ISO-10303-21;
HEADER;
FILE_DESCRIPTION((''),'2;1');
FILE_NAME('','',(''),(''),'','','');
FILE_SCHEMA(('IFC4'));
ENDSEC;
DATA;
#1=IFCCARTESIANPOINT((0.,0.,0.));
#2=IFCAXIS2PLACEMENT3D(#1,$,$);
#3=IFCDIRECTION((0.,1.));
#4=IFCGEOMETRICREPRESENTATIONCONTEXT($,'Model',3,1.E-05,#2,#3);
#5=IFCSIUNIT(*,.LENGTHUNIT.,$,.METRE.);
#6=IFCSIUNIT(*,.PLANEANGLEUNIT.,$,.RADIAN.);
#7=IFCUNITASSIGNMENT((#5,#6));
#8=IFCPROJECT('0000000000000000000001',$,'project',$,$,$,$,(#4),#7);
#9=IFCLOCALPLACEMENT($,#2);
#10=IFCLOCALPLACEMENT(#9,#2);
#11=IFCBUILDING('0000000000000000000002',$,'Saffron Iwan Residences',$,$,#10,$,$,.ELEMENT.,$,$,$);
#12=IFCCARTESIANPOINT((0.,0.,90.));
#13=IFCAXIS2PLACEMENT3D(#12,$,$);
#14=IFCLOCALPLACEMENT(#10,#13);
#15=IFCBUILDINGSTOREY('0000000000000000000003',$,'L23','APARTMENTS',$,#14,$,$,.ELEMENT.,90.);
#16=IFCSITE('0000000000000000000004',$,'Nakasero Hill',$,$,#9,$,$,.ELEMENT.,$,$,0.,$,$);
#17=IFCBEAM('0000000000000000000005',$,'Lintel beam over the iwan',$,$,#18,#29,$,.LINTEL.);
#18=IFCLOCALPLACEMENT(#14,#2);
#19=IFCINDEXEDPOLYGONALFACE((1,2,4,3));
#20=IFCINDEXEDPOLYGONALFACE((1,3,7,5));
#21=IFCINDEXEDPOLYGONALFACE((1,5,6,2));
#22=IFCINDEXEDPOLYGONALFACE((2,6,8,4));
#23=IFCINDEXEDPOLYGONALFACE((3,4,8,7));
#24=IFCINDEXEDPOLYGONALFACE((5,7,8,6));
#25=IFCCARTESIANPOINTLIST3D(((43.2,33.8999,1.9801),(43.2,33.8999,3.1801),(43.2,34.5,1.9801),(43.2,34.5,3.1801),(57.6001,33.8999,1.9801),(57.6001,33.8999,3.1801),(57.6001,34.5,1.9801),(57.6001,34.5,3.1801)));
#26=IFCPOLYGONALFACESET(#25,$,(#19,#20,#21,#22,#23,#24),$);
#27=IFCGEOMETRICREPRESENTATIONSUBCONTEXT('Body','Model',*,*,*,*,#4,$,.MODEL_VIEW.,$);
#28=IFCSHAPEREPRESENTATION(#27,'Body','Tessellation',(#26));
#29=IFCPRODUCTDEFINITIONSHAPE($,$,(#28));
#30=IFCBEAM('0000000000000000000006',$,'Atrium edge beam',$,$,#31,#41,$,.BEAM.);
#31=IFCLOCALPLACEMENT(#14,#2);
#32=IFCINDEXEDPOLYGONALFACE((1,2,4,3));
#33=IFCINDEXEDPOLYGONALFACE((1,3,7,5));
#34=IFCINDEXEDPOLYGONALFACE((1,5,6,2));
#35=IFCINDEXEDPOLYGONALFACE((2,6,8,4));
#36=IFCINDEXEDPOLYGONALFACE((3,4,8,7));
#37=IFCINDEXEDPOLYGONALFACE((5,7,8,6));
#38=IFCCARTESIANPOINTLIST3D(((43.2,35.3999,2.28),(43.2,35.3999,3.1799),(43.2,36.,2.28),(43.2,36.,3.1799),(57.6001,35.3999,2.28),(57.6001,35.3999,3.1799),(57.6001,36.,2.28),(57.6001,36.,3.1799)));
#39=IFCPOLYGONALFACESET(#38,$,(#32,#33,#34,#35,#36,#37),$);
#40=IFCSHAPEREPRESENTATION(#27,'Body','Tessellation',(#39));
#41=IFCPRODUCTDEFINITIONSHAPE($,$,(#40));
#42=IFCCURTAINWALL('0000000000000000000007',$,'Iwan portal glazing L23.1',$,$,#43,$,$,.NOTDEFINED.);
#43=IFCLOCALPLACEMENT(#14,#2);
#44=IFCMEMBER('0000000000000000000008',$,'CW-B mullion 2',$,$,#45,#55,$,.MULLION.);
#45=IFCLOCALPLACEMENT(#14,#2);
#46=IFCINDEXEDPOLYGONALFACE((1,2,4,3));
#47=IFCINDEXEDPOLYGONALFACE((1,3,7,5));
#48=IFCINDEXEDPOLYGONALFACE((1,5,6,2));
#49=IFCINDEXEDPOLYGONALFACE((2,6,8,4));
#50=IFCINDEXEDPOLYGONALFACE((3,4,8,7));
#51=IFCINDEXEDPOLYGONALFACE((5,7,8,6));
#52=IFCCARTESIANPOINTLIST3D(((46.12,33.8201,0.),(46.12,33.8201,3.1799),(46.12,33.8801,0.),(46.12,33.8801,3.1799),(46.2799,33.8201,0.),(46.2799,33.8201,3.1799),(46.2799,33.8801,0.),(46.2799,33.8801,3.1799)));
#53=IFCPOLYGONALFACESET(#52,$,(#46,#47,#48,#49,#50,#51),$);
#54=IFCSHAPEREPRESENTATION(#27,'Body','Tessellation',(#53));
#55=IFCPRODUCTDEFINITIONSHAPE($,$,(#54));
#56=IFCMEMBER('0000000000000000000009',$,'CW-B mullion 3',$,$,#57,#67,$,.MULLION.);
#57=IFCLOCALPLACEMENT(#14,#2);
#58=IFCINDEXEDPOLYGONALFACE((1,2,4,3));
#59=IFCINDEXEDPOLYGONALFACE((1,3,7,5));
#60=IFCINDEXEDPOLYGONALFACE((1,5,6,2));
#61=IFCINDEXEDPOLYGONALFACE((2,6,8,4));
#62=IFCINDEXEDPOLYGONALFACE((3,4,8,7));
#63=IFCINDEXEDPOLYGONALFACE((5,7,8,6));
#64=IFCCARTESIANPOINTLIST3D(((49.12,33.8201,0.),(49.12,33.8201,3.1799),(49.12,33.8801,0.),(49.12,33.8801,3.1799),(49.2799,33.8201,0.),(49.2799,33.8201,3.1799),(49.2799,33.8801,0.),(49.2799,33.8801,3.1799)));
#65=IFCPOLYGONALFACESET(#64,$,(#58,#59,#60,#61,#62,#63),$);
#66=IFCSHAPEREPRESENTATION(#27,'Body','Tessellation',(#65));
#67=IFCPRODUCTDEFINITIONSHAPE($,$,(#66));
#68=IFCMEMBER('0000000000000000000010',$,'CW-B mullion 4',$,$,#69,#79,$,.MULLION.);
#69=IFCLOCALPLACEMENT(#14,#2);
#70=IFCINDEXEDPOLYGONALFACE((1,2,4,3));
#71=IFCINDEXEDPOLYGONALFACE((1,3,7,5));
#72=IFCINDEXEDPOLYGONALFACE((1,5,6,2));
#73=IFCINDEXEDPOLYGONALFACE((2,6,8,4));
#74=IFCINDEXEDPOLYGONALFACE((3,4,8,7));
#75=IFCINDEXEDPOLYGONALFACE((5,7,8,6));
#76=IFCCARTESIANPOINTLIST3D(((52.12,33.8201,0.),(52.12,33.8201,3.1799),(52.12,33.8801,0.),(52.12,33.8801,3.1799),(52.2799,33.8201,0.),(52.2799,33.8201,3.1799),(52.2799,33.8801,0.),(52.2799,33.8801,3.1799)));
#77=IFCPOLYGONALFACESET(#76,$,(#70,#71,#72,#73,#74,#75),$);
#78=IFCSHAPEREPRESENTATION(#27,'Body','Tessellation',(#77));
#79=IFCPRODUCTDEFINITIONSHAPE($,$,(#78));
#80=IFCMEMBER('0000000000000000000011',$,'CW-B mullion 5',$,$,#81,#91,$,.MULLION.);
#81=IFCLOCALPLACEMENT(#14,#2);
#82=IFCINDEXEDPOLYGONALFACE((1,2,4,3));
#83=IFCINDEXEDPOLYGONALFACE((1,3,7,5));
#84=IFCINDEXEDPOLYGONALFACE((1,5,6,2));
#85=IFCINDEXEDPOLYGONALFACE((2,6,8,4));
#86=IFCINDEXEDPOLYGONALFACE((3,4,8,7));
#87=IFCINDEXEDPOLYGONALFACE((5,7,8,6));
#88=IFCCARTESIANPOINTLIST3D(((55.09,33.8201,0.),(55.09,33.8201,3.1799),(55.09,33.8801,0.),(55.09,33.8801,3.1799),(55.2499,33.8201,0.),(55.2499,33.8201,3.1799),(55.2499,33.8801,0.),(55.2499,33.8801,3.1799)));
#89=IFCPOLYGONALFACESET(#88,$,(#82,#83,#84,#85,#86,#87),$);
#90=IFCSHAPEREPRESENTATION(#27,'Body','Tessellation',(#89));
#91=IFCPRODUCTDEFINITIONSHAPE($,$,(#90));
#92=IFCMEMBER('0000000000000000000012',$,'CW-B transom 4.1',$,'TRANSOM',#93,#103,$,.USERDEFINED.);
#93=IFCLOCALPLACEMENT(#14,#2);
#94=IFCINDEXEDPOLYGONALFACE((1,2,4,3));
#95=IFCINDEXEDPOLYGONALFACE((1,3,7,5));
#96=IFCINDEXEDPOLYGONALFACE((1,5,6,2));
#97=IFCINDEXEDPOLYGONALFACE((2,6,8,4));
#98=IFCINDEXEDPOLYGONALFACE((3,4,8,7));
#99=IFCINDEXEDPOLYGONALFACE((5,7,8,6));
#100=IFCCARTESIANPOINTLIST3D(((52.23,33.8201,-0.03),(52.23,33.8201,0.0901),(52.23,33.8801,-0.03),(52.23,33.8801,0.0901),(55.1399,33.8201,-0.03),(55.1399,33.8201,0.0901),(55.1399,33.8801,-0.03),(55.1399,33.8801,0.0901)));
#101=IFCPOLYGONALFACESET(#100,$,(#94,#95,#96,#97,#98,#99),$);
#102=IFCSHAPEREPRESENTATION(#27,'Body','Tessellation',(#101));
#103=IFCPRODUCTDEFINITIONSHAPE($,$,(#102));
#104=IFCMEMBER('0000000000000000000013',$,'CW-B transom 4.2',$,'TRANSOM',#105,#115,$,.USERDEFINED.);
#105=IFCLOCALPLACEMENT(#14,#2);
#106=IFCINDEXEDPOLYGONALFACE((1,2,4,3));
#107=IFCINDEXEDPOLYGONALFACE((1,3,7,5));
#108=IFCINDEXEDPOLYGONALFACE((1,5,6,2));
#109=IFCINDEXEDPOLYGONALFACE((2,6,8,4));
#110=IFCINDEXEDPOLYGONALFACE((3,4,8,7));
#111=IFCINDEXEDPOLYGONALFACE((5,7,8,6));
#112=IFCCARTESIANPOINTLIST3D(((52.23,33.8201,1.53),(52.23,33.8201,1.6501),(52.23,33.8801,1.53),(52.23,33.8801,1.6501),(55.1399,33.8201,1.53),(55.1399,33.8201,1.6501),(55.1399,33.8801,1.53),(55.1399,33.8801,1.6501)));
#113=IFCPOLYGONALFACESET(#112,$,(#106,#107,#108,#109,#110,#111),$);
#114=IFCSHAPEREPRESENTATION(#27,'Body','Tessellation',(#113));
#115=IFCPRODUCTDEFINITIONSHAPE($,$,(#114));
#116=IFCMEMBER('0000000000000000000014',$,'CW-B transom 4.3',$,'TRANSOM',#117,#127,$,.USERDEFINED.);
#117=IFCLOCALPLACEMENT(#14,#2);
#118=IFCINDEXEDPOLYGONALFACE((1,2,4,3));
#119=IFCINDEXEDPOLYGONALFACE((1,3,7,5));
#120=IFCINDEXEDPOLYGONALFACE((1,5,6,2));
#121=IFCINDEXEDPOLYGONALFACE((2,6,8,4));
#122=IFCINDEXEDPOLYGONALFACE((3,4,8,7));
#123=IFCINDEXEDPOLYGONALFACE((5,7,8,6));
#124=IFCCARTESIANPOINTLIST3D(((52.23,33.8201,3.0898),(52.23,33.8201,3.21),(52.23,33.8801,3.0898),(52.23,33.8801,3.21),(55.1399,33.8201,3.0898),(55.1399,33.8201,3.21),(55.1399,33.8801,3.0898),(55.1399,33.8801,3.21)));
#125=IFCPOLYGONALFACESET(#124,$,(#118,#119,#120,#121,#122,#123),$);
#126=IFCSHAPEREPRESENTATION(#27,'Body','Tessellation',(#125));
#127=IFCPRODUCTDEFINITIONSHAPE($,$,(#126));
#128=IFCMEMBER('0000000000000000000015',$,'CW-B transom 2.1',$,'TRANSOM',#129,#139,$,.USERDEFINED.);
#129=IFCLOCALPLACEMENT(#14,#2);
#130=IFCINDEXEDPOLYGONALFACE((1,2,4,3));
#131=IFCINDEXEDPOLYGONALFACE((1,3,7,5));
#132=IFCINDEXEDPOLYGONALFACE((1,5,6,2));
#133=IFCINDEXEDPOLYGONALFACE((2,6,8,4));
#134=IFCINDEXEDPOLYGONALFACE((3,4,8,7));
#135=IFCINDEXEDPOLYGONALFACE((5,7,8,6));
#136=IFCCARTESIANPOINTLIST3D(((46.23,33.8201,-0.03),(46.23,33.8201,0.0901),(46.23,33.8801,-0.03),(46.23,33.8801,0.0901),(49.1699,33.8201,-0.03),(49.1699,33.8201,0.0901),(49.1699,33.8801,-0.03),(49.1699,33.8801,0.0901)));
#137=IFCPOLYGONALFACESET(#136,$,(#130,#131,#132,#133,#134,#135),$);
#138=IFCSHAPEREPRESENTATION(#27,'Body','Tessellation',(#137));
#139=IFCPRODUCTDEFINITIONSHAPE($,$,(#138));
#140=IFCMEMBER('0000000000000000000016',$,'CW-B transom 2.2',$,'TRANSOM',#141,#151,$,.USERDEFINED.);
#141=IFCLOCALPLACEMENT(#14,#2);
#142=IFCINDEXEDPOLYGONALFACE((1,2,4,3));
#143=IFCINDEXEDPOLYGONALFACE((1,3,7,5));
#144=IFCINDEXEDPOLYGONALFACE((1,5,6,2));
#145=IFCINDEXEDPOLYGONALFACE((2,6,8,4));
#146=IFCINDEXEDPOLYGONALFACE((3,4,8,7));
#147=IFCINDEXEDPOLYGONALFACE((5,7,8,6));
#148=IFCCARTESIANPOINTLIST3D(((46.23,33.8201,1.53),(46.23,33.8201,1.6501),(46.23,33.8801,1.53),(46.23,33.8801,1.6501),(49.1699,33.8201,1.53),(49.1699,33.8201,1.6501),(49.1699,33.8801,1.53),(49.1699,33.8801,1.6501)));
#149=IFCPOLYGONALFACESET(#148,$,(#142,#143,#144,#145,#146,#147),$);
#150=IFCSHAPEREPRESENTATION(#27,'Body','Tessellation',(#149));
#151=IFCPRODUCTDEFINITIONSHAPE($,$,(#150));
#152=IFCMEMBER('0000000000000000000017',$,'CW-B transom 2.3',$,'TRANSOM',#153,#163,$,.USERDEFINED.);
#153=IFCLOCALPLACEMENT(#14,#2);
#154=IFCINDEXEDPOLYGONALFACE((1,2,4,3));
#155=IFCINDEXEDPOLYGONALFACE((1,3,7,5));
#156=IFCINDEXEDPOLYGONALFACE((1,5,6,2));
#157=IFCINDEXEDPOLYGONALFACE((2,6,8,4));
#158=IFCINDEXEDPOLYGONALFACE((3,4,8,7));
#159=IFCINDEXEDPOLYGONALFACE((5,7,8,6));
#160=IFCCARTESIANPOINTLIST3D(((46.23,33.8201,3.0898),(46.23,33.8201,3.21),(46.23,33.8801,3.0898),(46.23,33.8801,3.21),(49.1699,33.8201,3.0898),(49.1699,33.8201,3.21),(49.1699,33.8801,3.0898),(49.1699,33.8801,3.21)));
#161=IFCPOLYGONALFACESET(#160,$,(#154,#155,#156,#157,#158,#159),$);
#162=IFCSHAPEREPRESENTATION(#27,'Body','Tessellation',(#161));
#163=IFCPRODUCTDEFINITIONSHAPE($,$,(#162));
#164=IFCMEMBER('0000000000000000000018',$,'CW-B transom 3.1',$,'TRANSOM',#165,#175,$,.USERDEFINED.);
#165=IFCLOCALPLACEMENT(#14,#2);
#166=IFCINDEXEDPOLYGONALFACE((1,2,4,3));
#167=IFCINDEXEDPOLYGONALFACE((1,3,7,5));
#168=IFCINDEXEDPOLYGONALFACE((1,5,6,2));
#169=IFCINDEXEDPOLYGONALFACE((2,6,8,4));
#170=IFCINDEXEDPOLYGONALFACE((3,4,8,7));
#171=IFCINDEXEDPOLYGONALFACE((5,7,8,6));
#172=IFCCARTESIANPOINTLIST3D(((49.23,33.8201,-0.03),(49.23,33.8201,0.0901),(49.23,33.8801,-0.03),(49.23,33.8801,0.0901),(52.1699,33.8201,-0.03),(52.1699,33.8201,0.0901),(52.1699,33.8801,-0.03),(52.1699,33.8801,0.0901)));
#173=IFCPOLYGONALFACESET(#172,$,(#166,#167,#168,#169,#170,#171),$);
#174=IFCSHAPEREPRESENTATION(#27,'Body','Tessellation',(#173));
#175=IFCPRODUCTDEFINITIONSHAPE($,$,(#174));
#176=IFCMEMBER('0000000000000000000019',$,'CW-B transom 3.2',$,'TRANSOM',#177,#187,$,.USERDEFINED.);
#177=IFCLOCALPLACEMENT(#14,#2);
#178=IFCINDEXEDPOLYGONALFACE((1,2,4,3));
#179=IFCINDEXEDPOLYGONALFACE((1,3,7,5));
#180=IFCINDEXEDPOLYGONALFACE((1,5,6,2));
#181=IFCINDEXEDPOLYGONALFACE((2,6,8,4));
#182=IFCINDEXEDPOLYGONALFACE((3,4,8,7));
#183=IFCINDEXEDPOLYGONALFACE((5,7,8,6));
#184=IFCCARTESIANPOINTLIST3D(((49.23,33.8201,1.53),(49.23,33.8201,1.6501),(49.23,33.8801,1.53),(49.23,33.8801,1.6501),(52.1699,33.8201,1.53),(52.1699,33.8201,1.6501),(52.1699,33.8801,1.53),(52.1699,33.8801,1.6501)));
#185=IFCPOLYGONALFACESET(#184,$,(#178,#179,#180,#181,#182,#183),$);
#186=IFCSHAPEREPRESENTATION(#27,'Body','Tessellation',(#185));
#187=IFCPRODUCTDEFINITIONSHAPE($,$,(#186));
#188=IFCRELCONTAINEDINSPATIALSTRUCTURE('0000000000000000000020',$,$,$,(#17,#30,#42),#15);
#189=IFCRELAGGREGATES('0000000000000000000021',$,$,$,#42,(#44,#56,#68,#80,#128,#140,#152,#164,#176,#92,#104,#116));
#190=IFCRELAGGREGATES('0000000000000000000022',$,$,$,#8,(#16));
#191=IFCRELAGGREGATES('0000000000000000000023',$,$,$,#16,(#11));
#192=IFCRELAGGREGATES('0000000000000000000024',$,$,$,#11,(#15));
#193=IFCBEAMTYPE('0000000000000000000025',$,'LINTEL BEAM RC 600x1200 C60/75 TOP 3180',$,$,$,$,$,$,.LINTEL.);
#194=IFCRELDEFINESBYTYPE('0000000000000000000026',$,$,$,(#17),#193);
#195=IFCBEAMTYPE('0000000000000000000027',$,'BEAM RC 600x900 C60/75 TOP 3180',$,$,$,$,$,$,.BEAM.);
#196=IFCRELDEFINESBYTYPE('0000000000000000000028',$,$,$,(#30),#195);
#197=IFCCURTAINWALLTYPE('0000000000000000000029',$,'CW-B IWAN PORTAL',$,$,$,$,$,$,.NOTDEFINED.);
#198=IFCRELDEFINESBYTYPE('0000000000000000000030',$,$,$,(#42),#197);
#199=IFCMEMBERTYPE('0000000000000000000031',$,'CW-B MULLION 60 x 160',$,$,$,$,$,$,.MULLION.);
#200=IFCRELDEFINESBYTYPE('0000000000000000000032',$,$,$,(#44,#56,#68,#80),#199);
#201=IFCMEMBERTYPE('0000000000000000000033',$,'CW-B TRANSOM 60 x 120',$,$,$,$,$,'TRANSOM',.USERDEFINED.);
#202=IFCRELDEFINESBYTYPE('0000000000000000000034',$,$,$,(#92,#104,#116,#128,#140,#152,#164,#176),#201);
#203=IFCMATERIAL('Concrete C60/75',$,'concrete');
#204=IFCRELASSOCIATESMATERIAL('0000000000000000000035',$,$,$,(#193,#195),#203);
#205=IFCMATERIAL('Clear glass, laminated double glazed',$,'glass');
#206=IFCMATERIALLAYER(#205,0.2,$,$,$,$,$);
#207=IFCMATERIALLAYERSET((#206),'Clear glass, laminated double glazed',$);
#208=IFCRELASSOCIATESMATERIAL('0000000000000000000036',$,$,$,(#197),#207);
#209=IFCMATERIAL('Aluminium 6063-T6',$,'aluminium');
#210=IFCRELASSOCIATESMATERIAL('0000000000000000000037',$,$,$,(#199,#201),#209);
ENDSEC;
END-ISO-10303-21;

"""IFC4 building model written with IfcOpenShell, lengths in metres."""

from ifc_helpers import new_model, si_unit, direction, frame, origin, origin_2d, place, context, subcontext, project, spatial, rectangle, extrude, source, transform, mapped, material, layer, layer_set, material_profile, profile_set, type_object, element, aggregate, save


model = new_model("IFC4")

# Units and contexts
model_context = context("Model", 3, precision=1e-05, world=origin(), true_north=direction((0.0, 1.0)))
body_context = subcontext(model_context, "Body", "Model", "MODEL_VIEW")
ifc_project = project(units=[si_unit("LENGTHUNIT", "METRE"), si_unit("PLANEANGLEUNIT", "RADIAN")], contexts=[model_context])

# Site, building, storey
site_placement = place(None, origin())
site = spatial("IfcSite", under=ifc_project, at=site_placement, Name="Nakasero Hill", CompositionType="ELEMENT", RefElevation=0.0)
building_placement = place(site_placement, origin())
building = spatial("IfcBuilding", under=site, at=building_placement, Name="Saffron Iwan Residences", CompositionType="ELEMENT")
storey_placement = place(building_placement, frame((0.0, 0.0, 90.0)))
storey = spatial("IfcBuildingStorey", under=building, at=storey_placement, Name="L23", Description="APARTMENTS", CompositionType="ELEMENT", Elevation=90.0)

# Beams
ifc_material_1 = material(Name="Concrete C60/75", Category="concrete")
ifc_material_profile_1 = material_profile(ifc_material_1, rectangle(XDim=0.6001, YDim=1.2, at=origin_2d()), Name="RC 600x1200")
ifc_profile_set_1 = profile_set([ifc_material_profile_1], Name="Concrete C60/75")
beam_type_1 = type_object("IfcBeamType", Name="LINTEL BEAM RC 600x1200 C60/75 TOP 3180", PredefinedType="LINTEL", material=ifc_profile_set_1)
shared_shape_1 = source(origin(), body_context, "Body", "SweptSolid", [
    extrude(rectangle(XDim=0.6001, YDim=1.2, at=origin_2d()), origin(), (0.0, 0.0, 1.0), 14.4001),
])
beam_1_placement = place(storey_placement, frame((57.6001, 34.2, 2.5801), z_axis=(-1.0, 0.0, 0.0), x_axis=(0.0, -1.0, 0.0)))
element("IfcBeam", 1, at=beam_1_placement, inside=storey, type_object=beam_type_1, Name="Lintel beam over the iwan", PredefinedType="LINTEL", context=body_context, shape_type="MappedRepresentation", body=[
    mapped(shared_shape_1, transform((0.0, 0.0, 0.0))),
])
ifc_material_profile_2 = material_profile(ifc_material_1, rectangle(XDim=0.6001, YDim=0.8999, at=origin_2d()), Name="RC 600x900")
ifc_profile_set_2 = profile_set([ifc_material_profile_2], Name="Concrete C60/75")
beam_type_2 = type_object("IfcBeamType", Name="BEAM RC 600x900 C60/75 TOP 3180", PredefinedType="BEAM", material=ifc_profile_set_2)
shared_shape_2 = source(origin(), body_context, "Body", "SweptSolid", [
    extrude(rectangle(XDim=0.6001, YDim=0.8999, at=origin_2d()), origin(), (0.0, 0.0, 1.0), 14.4001),
])
beam_2_placement = place(storey_placement, frame((57.6001, 35.7, 2.73), z_axis=(-1.0, 0.0, 0.0), x_axis=(0.0, -1.0, 0.0)))
element("IfcBeam", 2, at=beam_2_placement, inside=storey, type_object=beam_type_2, Name="Atrium edge beam", PredefinedType="BEAM", context=body_context, shape_type="MappedRepresentation", body=[
    mapped(shared_shape_2, transform((0.0, 0.0, 0.0))),
])

# Curtain wall, members
ifc_material_2 = material(Name="Clear glass, laminated double glazed", Category="glass")
ifc_layer_1 = layer(ifc_material_2, 0.2)
ifc_layer_set_1 = layer_set([ifc_layer_1], Name="Clear glass, laminated double glazed")
curtain_wall_type = type_object("IfcCurtainWallType", Name="CW-B IWAN PORTAL", PredefinedType="NOTDEFINED", material=ifc_layer_set_1)
curtain_wall_placement = place(storey_placement, origin())
curtain_wall = element("IfcCurtainWall", 3, at=curtain_wall_placement, inside=storey, type_object=curtain_wall_type, Name="Iwan portal glazing L23.1", PredefinedType="NOTDEFINED")
ifc_material_3 = material(Name="Aluminium 6063-T6", Category="aluminium")
ifc_material_profile_3 = material_profile(ifc_material_3, rectangle(XDim=0.0601, YDim=0.1599, at=origin_2d()), Name="CW-B MULLION 60 x 160")
ifc_profile_set_3 = profile_set([ifc_material_profile_3], Name="Aluminium 6063-T6")
member_type_1 = type_object("IfcMemberType", Name="CW-B MULLION 60 x 160", PredefinedType="MULLION", material=ifc_profile_set_3)
shared_shape_3 = source(origin(), body_context, "Body", "SweptSolid", [
    extrude(rectangle(XDim=0.0601, YDim=0.1599, at=origin_2d()), origin(), (0.0, 0.0, 1.0), 3.1799),
])
member_1_placement = place(storey_placement, frame((46.2, 33.8501, 0.0), z_axis=(0.0, 0.0, 1.0), x_axis=(0.0, 1.0, 0.0)))
member_1 = element("IfcMember", 4, at=member_1_placement, type_object=member_type_1, Name="CW-B mullion 2", PredefinedType="MULLION", context=body_context, shape_type="MappedRepresentation", body=[
    mapped(shared_shape_3, transform((0.0, 0.0, 0.0))),
])
member_2_placement = place(storey_placement, frame((49.2, 33.8501, 0.0), z_axis=(0.0, 0.0, 1.0), x_axis=(0.0, 1.0, 0.0)))
member_2 = element("IfcMember", 5, at=member_2_placement, type_object=member_type_1, Name="CW-B mullion 3", PredefinedType="MULLION", context=body_context, shape_type="MappedRepresentation", body=[
    mapped(shared_shape_3, transform((0.0, 0.0, 0.0))),
])
member_3_placement = place(storey_placement, frame((52.2, 33.8501, 0.0), z_axis=(0.0, 0.0, 1.0), x_axis=(0.0, 1.0, 0.0)))
member_3 = element("IfcMember", 6, at=member_3_placement, type_object=member_type_1, Name="CW-B mullion 4", PredefinedType="MULLION", context=body_context, shape_type="MappedRepresentation", body=[
    mapped(shared_shape_3, transform((0.0, 0.0, 0.0))),
])
member_4_placement = place(storey_placement, frame((55.1699, 33.8501, 0.0), z_axis=(0.0, 0.0, 1.0), x_axis=(0.0, 1.0, 0.0)))
member_4 = element("IfcMember", 7, at=member_4_placement, type_object=member_type_1, Name="CW-B mullion 5", PredefinedType="MULLION", context=body_context, shape_type="MappedRepresentation", body=[
    mapped(shared_shape_3, transform((0.0, 0.0, 0.0))),
])
ifc_material_profile_4 = material_profile(ifc_material_3, rectangle(XDim=0.0601, YDim=0.1201, at=origin_2d()), Name="CW-B TRANSOM 60 x 120")
ifc_profile_set_4 = profile_set([ifc_material_profile_4], Name="Aluminium 6063-T6")
member_type_2 = type_object("IfcMemberType", Name="CW-B TRANSOM 60 x 120", ElementType="TRANSOM", PredefinedType="USERDEFINED", material=ifc_profile_set_4)
shared_shape_4 = source(origin(), body_context, "Body", "SweptSolid", [
    extrude(rectangle(XDim=0.0601, YDim=0.1201, at=origin_2d()), origin(), (0.0, 0.0, 1.0), 2.9099),
])
member_5_placement = place(storey_placement, frame((52.23, 33.8501, 0.03), z_axis=(1.0, 0.0, 0.0), x_axis=(0.0, 1.0, 0.0)))
member_5 = element("IfcMember", 8, at=member_5_placement, type_object=member_type_2, Name="CW-B transom 4.1", ObjectType="TRANSOM", PredefinedType="USERDEFINED", context=body_context, shape_type="MappedRepresentation", body=[
    mapped(shared_shape_4, transform((0.0, 0.0, 0.0))),
])
member_6_placement = place(storey_placement, frame((52.23, 33.8501, 1.5901), z_axis=(1.0, 0.0, 0.0), x_axis=(0.0, 1.0, 0.0)))
member_6 = element("IfcMember", 9, at=member_6_placement, type_object=member_type_2, Name="CW-B transom 4.2", ObjectType="TRANSOM", PredefinedType="USERDEFINED", context=body_context, shape_type="MappedRepresentation", body=[
    mapped(shared_shape_4, transform((0.0, 0.0, 0.0))),
])
member_7_placement = place(storey_placement, frame((52.23, 33.8501, 3.1499), z_axis=(1.0, 0.0, 0.0), x_axis=(0.0, 1.0, 0.0)))
member_7 = element("IfcMember", 10, at=member_7_placement, type_object=member_type_2, Name="CW-B transom 4.3", ObjectType="TRANSOM", PredefinedType="USERDEFINED", context=body_context, shape_type="MappedRepresentation", body=[
    mapped(shared_shape_4, transform((0.0, 0.0, 0.0))),
])
shared_shape_5 = source(origin(), body_context, "Body", "SweptSolid", [
    extrude(rectangle(XDim=0.0601, YDim=0.1201, at=origin_2d()), origin(), (0.0, 0.0, 1.0), 2.9399),
])
member_8_placement = place(storey_placement, frame((46.23, 33.8501, 0.03), z_axis=(1.0, 0.0, 0.0), x_axis=(0.0, 1.0, 0.0)))
member_8 = element("IfcMember", 11, at=member_8_placement, type_object=member_type_2, Name="CW-B transom 2.1", ObjectType="TRANSOM", PredefinedType="USERDEFINED", context=body_context, shape_type="MappedRepresentation", body=[
    mapped(shared_shape_5, transform((0.0, 0.0, 0.0))),
])
member_9_placement = place(storey_placement, frame((46.23, 33.8501, 1.5901), z_axis=(1.0, 0.0, 0.0), x_axis=(0.0, 1.0, 0.0)))
member_9 = element("IfcMember", 12, at=member_9_placement, type_object=member_type_2, Name="CW-B transom 2.2", ObjectType="TRANSOM", PredefinedType="USERDEFINED", context=body_context, shape_type="MappedRepresentation", body=[
    mapped(shared_shape_5, transform((0.0, 0.0, 0.0))),
])
member_10_placement = place(storey_placement, frame((46.23, 33.8501, 3.1499), z_axis=(1.0, 0.0, 0.0), x_axis=(0.0, 1.0, 0.0)))
member_10 = element("IfcMember", 13, at=member_10_placement, type_object=member_type_2, Name="CW-B transom 2.3", ObjectType="TRANSOM", PredefinedType="USERDEFINED", context=body_context, shape_type="MappedRepresentation", body=[
    mapped(shared_shape_5, transform((0.0, 0.0, 0.0))),
])
member_11_placement = place(storey_placement, frame((49.23, 33.8501, 0.03), z_axis=(1.0, 0.0, 0.0), x_axis=(0.0, 1.0, 0.0)))
member_11 = element("IfcMember", 14, at=member_11_placement, type_object=member_type_2, Name="CW-B transom 3.1", ObjectType="TRANSOM", PredefinedType="USERDEFINED", context=body_context, shape_type="MappedRepresentation", body=[
    mapped(shared_shape_5, transform((0.0, 0.0, 0.0))),
])
member_12_placement = place(storey_placement, frame((49.23, 33.8501, 1.5901), z_axis=(1.0, 0.0, 0.0), x_axis=(0.0, 1.0, 0.0)))
member_12 = element("IfcMember", 15, at=member_12_placement, type_object=member_type_2, Name="CW-B transom 3.2", ObjectType="TRANSOM", PredefinedType="USERDEFINED", context=body_context, shape_type="MappedRepresentation", body=[
    mapped(shared_shape_5, transform((0.0, 0.0, 0.0))),
])
aggregate(curtain_wall, [member_1, member_2, member_3, member_4, member_8, member_9, member_10, member_11, member_12, member_5, member_6, member_7])

save(model, "model.ifc")
